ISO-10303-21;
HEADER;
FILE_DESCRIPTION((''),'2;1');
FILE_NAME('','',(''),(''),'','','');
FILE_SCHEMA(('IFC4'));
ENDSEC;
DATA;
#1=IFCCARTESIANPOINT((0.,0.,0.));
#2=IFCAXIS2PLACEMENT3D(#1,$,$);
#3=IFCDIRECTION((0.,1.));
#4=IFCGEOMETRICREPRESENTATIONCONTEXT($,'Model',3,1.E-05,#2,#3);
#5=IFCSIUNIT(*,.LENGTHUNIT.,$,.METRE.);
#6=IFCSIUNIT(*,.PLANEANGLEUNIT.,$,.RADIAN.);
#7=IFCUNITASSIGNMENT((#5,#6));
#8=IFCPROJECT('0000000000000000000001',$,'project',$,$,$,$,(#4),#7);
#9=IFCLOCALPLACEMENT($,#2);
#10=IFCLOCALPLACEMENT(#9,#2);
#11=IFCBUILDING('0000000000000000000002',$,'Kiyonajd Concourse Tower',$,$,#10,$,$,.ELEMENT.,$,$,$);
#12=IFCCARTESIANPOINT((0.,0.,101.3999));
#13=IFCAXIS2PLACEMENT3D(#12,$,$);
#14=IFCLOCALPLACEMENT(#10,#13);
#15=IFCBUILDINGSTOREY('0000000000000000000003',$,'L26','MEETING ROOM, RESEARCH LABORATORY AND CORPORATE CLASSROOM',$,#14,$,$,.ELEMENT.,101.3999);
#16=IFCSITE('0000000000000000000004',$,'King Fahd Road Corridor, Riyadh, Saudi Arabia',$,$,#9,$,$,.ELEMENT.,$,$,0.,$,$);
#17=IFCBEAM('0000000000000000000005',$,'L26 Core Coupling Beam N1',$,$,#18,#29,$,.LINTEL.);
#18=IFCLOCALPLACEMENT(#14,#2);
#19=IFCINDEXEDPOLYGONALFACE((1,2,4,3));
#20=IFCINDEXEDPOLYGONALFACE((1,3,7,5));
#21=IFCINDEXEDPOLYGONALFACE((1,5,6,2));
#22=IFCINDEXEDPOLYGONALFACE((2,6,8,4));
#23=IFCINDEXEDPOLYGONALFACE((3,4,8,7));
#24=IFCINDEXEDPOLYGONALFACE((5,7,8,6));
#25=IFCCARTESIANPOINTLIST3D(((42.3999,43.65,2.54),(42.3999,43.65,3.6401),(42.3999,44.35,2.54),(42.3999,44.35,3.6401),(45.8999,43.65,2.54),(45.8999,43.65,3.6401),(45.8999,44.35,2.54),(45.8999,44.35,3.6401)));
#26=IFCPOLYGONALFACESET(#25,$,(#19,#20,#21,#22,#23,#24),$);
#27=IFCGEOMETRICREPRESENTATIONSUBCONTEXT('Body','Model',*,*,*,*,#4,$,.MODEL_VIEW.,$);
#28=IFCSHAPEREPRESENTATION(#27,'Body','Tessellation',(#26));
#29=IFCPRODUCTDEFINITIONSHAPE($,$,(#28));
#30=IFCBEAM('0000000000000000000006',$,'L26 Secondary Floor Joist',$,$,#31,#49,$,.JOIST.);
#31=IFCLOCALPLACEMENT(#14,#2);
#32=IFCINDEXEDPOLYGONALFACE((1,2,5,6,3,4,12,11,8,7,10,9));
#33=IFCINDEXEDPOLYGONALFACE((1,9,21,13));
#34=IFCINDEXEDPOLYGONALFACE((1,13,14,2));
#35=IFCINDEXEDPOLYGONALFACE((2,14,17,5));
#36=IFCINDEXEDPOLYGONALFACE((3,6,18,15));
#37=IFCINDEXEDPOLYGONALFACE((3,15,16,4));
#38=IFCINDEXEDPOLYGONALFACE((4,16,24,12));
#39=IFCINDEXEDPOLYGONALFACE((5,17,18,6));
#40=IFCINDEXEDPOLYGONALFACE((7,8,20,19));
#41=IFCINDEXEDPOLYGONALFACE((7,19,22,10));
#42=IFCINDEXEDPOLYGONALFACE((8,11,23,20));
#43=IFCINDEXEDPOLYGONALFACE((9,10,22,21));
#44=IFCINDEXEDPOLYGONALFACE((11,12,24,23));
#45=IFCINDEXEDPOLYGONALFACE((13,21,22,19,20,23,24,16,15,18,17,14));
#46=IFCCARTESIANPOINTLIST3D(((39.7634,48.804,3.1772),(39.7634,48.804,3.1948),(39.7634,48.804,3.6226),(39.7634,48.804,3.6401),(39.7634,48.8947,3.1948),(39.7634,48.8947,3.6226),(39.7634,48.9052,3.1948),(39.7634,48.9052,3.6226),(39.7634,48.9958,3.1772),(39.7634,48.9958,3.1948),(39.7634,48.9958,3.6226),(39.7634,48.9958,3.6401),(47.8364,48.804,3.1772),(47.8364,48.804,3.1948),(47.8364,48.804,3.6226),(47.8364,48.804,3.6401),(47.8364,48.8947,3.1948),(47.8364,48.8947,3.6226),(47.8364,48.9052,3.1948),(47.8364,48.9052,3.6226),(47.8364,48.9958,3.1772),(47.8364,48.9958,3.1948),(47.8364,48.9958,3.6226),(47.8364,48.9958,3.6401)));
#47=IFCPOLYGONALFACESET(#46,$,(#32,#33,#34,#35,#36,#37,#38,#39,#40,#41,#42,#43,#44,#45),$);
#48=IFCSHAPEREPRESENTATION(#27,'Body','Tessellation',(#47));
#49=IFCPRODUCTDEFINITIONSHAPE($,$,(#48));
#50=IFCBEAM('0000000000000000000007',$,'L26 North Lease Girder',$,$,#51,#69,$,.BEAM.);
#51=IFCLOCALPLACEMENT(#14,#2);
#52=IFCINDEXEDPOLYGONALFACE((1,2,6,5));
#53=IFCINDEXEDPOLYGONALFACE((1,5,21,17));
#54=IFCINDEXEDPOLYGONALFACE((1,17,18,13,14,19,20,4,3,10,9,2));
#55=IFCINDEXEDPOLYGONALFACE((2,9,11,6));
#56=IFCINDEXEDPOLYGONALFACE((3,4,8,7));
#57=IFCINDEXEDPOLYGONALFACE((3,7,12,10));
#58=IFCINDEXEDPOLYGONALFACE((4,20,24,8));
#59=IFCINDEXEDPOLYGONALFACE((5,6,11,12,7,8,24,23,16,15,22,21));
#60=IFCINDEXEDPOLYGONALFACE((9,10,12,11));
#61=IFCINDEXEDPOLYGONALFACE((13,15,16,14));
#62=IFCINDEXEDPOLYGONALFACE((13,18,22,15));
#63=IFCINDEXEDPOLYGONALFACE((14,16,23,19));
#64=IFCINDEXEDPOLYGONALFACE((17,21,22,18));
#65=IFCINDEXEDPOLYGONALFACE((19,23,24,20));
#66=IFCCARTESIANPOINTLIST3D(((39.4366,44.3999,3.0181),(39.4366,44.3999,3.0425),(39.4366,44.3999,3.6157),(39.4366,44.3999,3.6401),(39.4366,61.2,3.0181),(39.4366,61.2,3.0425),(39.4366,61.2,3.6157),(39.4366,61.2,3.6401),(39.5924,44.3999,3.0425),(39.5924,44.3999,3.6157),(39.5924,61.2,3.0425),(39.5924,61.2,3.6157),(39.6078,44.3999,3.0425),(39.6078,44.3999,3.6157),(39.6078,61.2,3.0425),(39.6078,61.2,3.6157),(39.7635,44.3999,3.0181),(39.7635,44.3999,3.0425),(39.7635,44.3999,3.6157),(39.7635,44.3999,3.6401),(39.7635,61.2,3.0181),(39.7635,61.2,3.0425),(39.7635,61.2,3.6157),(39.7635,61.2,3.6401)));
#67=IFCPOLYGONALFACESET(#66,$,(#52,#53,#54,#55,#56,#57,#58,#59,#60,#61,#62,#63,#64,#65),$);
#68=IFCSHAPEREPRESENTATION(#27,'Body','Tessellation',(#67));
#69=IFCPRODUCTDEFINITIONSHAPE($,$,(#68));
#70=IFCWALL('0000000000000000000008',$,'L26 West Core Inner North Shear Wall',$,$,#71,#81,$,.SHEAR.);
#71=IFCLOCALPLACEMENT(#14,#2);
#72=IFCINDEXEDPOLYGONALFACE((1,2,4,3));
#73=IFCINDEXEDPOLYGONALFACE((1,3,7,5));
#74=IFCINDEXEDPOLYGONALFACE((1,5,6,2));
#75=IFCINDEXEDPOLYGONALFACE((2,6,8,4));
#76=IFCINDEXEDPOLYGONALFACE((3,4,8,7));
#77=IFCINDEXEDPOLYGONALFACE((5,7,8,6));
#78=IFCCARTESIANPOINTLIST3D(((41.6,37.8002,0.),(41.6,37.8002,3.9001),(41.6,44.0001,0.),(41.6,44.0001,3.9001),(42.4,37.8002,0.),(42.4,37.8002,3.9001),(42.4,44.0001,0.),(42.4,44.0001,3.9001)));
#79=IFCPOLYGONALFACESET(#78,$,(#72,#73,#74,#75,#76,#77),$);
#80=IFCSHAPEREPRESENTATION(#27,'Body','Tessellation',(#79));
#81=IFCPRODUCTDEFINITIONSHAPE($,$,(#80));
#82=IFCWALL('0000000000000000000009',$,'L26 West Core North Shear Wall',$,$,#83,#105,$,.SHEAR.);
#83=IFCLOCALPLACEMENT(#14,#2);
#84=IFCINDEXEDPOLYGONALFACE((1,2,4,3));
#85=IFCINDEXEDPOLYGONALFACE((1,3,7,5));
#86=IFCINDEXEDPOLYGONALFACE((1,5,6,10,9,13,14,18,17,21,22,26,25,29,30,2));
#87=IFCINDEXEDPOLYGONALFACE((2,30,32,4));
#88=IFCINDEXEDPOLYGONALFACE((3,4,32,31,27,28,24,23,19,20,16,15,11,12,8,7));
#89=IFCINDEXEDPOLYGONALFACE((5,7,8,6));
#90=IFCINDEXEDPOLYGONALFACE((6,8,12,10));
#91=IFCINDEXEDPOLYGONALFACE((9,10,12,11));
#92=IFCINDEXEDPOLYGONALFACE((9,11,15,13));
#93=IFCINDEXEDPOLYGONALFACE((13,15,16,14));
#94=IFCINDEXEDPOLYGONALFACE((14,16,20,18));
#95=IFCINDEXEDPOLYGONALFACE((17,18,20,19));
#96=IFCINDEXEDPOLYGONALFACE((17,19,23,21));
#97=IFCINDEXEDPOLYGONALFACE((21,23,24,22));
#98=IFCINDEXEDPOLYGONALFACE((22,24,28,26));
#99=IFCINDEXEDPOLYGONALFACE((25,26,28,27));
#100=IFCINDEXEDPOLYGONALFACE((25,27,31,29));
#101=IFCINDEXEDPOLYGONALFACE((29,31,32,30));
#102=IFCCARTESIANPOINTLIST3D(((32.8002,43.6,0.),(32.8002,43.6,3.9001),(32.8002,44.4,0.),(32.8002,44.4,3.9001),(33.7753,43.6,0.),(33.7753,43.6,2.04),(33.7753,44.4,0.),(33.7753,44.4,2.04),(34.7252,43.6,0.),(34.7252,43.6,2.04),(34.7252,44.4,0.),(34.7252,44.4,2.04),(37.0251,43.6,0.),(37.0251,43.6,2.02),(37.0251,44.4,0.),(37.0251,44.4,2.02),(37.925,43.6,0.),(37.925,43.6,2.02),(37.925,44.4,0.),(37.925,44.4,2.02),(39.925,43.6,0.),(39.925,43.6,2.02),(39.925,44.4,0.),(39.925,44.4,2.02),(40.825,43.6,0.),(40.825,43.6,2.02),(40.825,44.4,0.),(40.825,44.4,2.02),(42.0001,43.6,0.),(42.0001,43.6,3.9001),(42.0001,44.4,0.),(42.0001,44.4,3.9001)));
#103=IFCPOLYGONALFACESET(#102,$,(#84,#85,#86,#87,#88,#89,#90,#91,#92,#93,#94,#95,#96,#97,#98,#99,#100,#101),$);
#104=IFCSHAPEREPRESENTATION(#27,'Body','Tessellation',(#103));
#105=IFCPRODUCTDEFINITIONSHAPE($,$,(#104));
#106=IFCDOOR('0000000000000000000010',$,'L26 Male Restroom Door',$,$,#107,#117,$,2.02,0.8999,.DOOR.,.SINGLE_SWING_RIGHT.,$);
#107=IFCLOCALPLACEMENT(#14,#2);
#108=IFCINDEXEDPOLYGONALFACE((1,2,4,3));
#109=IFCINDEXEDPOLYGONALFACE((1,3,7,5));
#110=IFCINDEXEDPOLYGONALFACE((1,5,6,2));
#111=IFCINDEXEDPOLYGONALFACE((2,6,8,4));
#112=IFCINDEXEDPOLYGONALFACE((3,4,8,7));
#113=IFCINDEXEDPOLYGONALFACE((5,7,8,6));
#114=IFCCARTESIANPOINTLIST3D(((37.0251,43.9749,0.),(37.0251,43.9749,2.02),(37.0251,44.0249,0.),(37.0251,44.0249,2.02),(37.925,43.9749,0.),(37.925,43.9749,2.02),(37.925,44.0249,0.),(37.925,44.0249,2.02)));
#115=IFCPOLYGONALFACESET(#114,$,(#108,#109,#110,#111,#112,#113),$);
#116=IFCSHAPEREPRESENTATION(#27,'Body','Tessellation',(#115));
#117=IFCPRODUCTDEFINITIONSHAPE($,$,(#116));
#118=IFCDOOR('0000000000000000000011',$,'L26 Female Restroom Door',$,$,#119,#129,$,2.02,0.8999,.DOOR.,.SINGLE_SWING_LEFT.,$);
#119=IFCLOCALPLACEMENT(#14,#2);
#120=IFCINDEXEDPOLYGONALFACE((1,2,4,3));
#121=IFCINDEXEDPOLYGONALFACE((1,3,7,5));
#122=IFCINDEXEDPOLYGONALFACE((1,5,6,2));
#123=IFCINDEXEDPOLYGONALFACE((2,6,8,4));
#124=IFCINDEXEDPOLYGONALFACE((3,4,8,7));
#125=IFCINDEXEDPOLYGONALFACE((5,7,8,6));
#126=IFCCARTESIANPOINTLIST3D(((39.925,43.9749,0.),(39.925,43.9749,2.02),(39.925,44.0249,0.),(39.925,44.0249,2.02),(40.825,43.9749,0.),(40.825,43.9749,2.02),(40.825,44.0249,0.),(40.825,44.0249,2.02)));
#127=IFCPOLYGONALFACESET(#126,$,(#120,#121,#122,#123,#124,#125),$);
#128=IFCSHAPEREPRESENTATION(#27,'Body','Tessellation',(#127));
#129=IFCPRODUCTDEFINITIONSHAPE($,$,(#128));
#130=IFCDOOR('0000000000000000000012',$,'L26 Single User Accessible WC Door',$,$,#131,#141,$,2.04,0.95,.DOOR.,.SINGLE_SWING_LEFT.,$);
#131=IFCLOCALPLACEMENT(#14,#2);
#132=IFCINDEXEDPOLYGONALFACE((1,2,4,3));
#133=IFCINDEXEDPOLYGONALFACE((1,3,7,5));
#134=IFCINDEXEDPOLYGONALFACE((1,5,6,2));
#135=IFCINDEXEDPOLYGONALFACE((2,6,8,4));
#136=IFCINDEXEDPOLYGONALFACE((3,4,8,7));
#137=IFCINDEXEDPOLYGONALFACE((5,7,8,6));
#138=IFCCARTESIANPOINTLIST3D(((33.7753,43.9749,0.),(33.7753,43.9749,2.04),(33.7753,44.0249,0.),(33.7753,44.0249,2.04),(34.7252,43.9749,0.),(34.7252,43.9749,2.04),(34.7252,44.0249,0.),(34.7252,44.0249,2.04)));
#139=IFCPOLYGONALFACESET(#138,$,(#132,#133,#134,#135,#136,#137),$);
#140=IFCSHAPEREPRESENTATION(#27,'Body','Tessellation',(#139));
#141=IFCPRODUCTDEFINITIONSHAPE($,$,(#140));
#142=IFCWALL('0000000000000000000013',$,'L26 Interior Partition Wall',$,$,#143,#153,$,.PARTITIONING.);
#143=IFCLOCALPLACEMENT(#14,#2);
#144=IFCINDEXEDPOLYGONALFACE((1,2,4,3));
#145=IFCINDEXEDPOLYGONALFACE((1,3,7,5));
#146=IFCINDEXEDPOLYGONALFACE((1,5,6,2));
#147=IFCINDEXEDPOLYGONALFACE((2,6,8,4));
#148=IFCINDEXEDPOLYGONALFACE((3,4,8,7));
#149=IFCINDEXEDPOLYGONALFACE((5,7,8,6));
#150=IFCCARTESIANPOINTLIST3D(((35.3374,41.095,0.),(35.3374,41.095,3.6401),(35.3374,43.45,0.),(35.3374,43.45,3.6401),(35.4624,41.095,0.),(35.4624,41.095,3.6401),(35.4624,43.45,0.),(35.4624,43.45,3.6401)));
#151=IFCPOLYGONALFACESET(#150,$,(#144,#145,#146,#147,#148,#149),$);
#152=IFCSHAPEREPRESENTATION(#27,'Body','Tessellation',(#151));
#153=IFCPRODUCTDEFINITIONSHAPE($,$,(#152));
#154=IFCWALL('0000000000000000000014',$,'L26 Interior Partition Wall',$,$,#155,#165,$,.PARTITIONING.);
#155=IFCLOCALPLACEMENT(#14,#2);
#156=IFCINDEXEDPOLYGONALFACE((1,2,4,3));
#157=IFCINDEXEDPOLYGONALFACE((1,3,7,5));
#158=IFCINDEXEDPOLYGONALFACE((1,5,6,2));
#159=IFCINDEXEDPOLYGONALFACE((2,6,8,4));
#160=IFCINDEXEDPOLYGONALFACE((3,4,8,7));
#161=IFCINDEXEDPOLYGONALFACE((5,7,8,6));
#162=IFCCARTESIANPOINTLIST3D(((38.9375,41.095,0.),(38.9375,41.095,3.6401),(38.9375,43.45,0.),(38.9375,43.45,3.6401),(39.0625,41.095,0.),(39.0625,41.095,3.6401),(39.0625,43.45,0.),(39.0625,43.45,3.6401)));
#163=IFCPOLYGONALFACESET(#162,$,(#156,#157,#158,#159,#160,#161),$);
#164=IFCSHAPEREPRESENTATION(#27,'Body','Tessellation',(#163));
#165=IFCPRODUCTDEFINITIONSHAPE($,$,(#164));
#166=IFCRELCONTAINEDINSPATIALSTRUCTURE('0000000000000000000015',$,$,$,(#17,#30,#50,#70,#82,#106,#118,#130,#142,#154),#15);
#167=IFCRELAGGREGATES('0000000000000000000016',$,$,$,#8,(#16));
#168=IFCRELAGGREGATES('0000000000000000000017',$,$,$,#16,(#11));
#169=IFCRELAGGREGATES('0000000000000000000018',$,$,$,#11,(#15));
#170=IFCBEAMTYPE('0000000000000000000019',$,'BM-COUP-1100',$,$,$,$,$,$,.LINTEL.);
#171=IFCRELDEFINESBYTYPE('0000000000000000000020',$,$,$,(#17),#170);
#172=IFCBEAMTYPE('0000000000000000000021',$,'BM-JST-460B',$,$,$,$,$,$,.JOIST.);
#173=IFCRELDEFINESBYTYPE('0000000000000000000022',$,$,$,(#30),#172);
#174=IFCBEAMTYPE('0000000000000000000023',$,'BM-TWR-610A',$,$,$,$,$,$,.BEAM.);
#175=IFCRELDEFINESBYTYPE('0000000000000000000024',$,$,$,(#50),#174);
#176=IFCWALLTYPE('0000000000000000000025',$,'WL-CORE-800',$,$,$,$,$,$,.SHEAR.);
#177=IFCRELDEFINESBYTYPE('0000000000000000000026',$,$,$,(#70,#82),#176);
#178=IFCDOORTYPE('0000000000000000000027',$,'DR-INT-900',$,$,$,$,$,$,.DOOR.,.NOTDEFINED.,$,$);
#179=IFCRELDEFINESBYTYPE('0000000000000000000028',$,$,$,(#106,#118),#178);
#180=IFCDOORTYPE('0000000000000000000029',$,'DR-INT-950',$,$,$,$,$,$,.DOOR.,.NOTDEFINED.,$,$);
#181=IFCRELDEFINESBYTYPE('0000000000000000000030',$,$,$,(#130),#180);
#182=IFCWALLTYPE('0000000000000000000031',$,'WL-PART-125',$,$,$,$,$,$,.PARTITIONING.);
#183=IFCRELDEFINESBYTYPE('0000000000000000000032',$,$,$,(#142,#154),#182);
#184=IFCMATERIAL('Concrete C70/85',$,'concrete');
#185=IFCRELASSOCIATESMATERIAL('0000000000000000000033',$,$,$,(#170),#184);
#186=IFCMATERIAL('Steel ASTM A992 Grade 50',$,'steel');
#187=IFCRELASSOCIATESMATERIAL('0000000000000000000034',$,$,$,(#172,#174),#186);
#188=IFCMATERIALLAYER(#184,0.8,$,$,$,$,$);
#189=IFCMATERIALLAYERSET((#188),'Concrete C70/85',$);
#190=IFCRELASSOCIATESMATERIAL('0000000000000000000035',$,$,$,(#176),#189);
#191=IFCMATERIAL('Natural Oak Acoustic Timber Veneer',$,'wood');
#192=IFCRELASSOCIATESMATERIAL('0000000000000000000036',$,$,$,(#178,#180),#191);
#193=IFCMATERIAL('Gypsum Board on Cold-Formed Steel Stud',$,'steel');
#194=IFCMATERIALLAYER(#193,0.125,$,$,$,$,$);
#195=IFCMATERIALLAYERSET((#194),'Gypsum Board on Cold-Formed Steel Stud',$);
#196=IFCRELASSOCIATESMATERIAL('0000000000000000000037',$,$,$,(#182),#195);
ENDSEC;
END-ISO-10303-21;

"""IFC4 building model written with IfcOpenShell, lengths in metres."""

from ifc_helpers import new_model, si_unit, direction, frame, frame_2d, origin, origin_2d, place, context, subcontext, project, spatial, rectangle, i_section, extrude, material, layer, layer_set, material_profile, profile_set, type_object, element, fill, save


model = new_model("IFC4")

# Units and contexts
model_context = context("Model", 3, precision=1e-05, world=origin(), true_north=direction((0.0, 1.0)))
body_context = subcontext(model_context, "Body", "Model", "MODEL_VIEW")
ifc_project = project(units=[si_unit("LENGTHUNIT", "METRE"), si_unit("PLANEANGLEUNIT", "RADIAN")], contexts=[model_context])

# Site, building, storey
site_placement = place(None, origin())
site = spatial("IfcSite", under=ifc_project, at=site_placement, Name="King Fahd Road Corridor, Riyadh, Saudi Arabia", CompositionType="ELEMENT", RefElevation=0.0)
building_placement = place(site_placement, origin())
building = spatial("IfcBuilding", under=site, at=building_placement, Name="Kiyonajd Concourse Tower", CompositionType="ELEMENT")
storey_placement = place(building_placement, frame((0.0, 0.0, 101.3999)))
storey = spatial("IfcBuildingStorey", under=building, at=storey_placement, Name="L26", Description="MEETING ROOM, RESEARCH LABORATORY AND CORPORATE CLASSROOM", CompositionType="ELEMENT", Elevation=101.3999)

# Beams
ifc_material_1 = material(Name="Concrete C70/85", Category="concrete")
ifc_material_profile_1 = material_profile(ifc_material_1, rectangle(XDim=0.7, YDim=1.1001, at=origin_2d()), Name="RCBM-700x1100")
ifc_profile_set_1 = profile_set([ifc_material_profile_1], Name="Concrete C70/85")
beam_type_1 = type_object("IfcBeamType", Name="BM-COUP-1100", PredefinedType="LINTEL", material=ifc_profile_set_1)
beam_1_placement = place(storey_placement, frame((42.3999, 44.0, 3.0901), z_axis=(1.0, 0.0, 0.0), x_axis=(0.0, 1.0, 0.0)))
element("IfcBeam", 1, at=beam_1_placement, inside=storey, type_object=beam_type_1, Name="L26 Core Coupling Beam N1", PredefinedType="LINTEL", context=body_context, shape_type="SweptSolid", body=[
    extrude(rectangle(XDim=0.7, YDim=1.1001, at=origin_2d()), origin(), (0.0, 0.0, 1.0), 3.5),
])
ifc_material_2 = material(Name="Steel ASTM A992 Grade 50", Category="steel")
ifc_material_profile_2 = material_profile(ifc_material_2, i_section(OverallWidth=0.1919, OverallDepth=0.4629, WebThickness=0.0105, FlangeThickness=0.0176, at=origin_2d()), Name="W460X89")
ifc_profile_set_2 = profile_set([ifc_material_profile_2], Name="Steel ASTM A992 Grade 50")
beam_type_2 = type_object("IfcBeamType", Name="BM-JST-460B", PredefinedType="JOIST", material=ifc_profile_set_2)
beam_2_placement = place(storey_placement, frame((39.7634, 48.8999, 3.4087), z_axis=(1.0, 0.0, 0.0), x_axis=(0.0, 1.0, 0.0)))
element("IfcBeam", 2, at=beam_2_placement, inside=storey, type_object=beam_type_2, Name="L26 Secondary Floor Joist", PredefinedType="JOIST", context=body_context, shape_type="SweptSolid", body=[
    extrude(i_section(OverallWidth=0.1919, OverallDepth=0.4629, WebThickness=0.0105, FlangeThickness=0.0176, at=origin_2d()), origin(), (0.0, 0.0, 1.0), 8.073),
])
ifc_material_profile_3 = material_profile(ifc_material_2, i_section(OverallWidth=0.3269, OverallDepth=0.6221, WebThickness=0.0154, FlangeThickness=0.0244, at=origin_2d()), Name="W610X195")
ifc_profile_set_3 = profile_set([ifc_material_profile_3], Name="Steel ASTM A992 Grade 50")
beam_type_3 = type_object("IfcBeamType", Name="BM-TWR-610A", PredefinedType="BEAM", material=ifc_profile_set_3)
beam_3_placement = place(storey_placement, frame((39.6001, 44.3999, 3.3291), z_axis=(0.0, 1.0, 0.0), x_axis=(-1.0, 0.0, 0.0)))
element("IfcBeam", 3, at=beam_3_placement, inside=storey, type_object=beam_type_3, Name="L26 North Lease Girder", PredefinedType="BEAM", context=body_context, shape_type="SweptSolid", body=[
    extrude(i_section(OverallWidth=0.3269, OverallDepth=0.6221, WebThickness=0.0154, FlangeThickness=0.0244, at=origin_2d()), origin(), (0.0, 0.0, 1.0), 16.8),
])

# Wall
ifc_layer_1 = layer(ifc_material_1, 0.8)
ifc_layer_set_1 = layer_set([ifc_layer_1], Name="Concrete C70/85")
wall_type_1 = type_object("IfcWallType", Name="WL-CORE-800", PredefinedType="SHEAR", material=ifc_layer_set_1)
wall_1_placement = place(storey_placement, frame((42.0, 37.8, 0.0), z_axis=(0.0, 0.0, 1.0), x_axis=(0.0, 1.0, 0.0)))
element("IfcWall", 4, at=wall_1_placement, inside=storey, type_object=wall_type_1, Name="L26 West Core Inner North Shear Wall", PredefinedType="SHEAR", context=body_context, shape_type="SweptSolid", body=[
    extrude(rectangle(XDim=6.2, YDim=0.8, at=frame_2d((3.1001, 0.0))), origin(), (0.0, 0.0, 1.0), 3.9001),
])

# Wall, openings, doors
wall_2_placement = place(storey_placement, frame((32.8, 44.0, 0.0), z_axis=(0.0, 0.0, 1.0), x_axis=(1.0, 0.0, 0.0)))
wall_2 = element("IfcWall", 5, at=wall_2_placement, inside=storey, type_object=wall_type_1, Name="L26 West Core North Shear Wall", PredefinedType="SHEAR", context=body_context, shape_type="SweptSolid", body=[
    extrude(rectangle(XDim=9.2, YDim=0.8, at=frame_2d((4.6001, 0.0))), origin(), (0.0, 0.0, 1.0), 3.9001),
])
opening_1_placement = place(wall_2_placement, frame((0.9751, 0.0, 0.0)))
opening_1 = element("IfcOpeningElement", 6, at=opening_1_placement, cuts=wall_2, PredefinedType="OPENING", context=body_context, shape_type="SweptSolid", body=[
    extrude(rectangle(XDim=0.95, YDim=2.04, at=frame_2d((0.4751, 1.02))), frame((0.0, 0.4099, 0.0), z_axis=(0.0, -1.0, 0.0), x_axis=(1.0, 0.0, 0.0)), (0.0, 0.0, 1.0), 0.8201),
])
opening_2_placement = place(wall_2_placement, frame((4.2251, 0.0, 0.0)))
opening_2 = element("IfcOpeningElement", 7, at=opening_2_placement, cuts=wall_2, PredefinedType="OPENING", context=body_context, shape_type="SweptSolid", body=[
    extrude(rectangle(XDim=0.8999, YDim=2.02, at=frame_2d((0.45, 1.01))), frame((0.0, 0.4099, 0.0), z_axis=(0.0, -1.0, 0.0), x_axis=(1.0, 0.0, 0.0)), (0.0, 0.0, 1.0), 0.8201),
])
opening_3_placement = place(wall_2_placement, frame((7.125, 0.0, 0.0)))
opening_3 = element("IfcOpeningElement", 8, at=opening_3_placement, cuts=wall_2, PredefinedType="OPENING", context=body_context, shape_type="SweptSolid", body=[
    extrude(rectangle(XDim=0.8999, YDim=2.02, at=frame_2d((0.45, 1.01))), frame((0.0, 0.4099, 0.0), z_axis=(0.0, -1.0, 0.0), x_axis=(1.0, 0.0, 0.0)), (0.0, 0.0, 1.0), 0.8201),
])
ifc_material_3 = material(Name="Natural Oak Acoustic Timber Veneer", Category="wood")
door_type_1 = type_object("IfcDoorType", Name="DR-INT-900", OperationType="NOTDEFINED", PredefinedType="DOOR", material=ifc_material_3)
door_1_placement = place(opening_2_placement, origin())
door_1 = element("IfcDoor", 9, at=door_1_placement, inside=storey, type_object=door_type_1, Name="L26 Male Restroom Door", OperationType="SINGLE_SWING_RIGHT", OverallHeight=2.02, OverallWidth=0.8999, PredefinedType="DOOR", context=body_context, shape_type="SweptSolid", body=[
    extrude(rectangle(XDim=0.8999, YDim=2.02, at=frame_2d((0.45, 1.01))), frame((0.0, 0.0249, 0.0), z_axis=(0.0, -1.0, 0.0), x_axis=(1.0, 0.0, 0.0)), (0.0, 0.0, 1.0), 0.05),
])
fill(opening_2, door_1)
door_2_placement = place(opening_3_placement, origin())
door_2 = element("IfcDoor", 10, at=door_2_placement, inside=storey, type_object=door_type_1, Name="L26 Female Restroom Door", OperationType="SINGLE_SWING_LEFT", OverallHeight=2.02, OverallWidth=0.8999, PredefinedType="DOOR", context=body_context, shape_type="SweptSolid", body=[
    extrude(rectangle(XDim=0.8999, YDim=2.02, at=frame_2d((0.45, 1.01))), frame((0.0, 0.0249, 0.0), z_axis=(0.0, -1.0, 0.0), x_axis=(1.0, 0.0, 0.0)), (0.0, 0.0, 1.0), 0.05),
])
fill(opening_3, door_2)
door_type_2 = type_object("IfcDoorType", Name="DR-INT-950", OperationType="NOTDEFINED", PredefinedType="DOOR", material=ifc_material_3)
door_3_placement = place(opening_1_placement, origin())
door_3 = element("IfcDoor", 11, at=door_3_placement, inside=storey, type_object=door_type_2, Name="L26 Single User Accessible WC Door", OperationType="SINGLE_SWING_LEFT", OverallHeight=2.04, OverallWidth=0.95, PredefinedType="DOOR", context=body_context, shape_type="SweptSolid", body=[
    extrude(rectangle(XDim=0.95, YDim=2.04, at=frame_2d((0.4751, 1.02))), frame((0.0, 0.0249, 0.0), z_axis=(0.0, -1.0, 0.0), x_axis=(1.0, 0.0, 0.0)), (0.0, 0.0, 1.0), 0.05),
])
fill(opening_1, door_3)

# Walls
ifc_material_4 = material(Name="Gypsum Board on Cold-Formed Steel Stud", Category="steel")
ifc_layer_2 = layer(ifc_material_4, 0.125)
ifc_layer_set_2 = layer_set([ifc_layer_2], Name="Gypsum Board on Cold-Formed Steel Stud")
wall_type_2 = type_object("IfcWallType", Name="WL-PART-125", PredefinedType="PARTITIONING", material=ifc_layer_set_2)
for number, where, z_axis, x_axis, name in (
    (12, (35.3999, 41.095, 0.0), (0.0, 0.0, 1.0), (0.0, 1.0, 0.0), "L26 Interior Partition Wall"),
    (13, (39.0, 41.095, 0.0), (0.0, 0.0, 1.0), (0.0, 1.0, 0.0), "L26 Interior Partition Wall"),
):
    element("IfcWall", number, at=place(storey_placement, frame(where, z_axis=z_axis, x_axis=x_axis)), inside=storey, type_object=wall_type_2, Name=name, PredefinedType="PARTITIONING", context=body_context, shape_type="SweptSolid", body=[
        extrude(rectangle(XDim=2.355, YDim=0.125, at=frame_2d((1.1775, 0.0))), origin(), (0.0, 0.0, 1.0), 3.6401),
    ])

save(model, "model.ifc")
